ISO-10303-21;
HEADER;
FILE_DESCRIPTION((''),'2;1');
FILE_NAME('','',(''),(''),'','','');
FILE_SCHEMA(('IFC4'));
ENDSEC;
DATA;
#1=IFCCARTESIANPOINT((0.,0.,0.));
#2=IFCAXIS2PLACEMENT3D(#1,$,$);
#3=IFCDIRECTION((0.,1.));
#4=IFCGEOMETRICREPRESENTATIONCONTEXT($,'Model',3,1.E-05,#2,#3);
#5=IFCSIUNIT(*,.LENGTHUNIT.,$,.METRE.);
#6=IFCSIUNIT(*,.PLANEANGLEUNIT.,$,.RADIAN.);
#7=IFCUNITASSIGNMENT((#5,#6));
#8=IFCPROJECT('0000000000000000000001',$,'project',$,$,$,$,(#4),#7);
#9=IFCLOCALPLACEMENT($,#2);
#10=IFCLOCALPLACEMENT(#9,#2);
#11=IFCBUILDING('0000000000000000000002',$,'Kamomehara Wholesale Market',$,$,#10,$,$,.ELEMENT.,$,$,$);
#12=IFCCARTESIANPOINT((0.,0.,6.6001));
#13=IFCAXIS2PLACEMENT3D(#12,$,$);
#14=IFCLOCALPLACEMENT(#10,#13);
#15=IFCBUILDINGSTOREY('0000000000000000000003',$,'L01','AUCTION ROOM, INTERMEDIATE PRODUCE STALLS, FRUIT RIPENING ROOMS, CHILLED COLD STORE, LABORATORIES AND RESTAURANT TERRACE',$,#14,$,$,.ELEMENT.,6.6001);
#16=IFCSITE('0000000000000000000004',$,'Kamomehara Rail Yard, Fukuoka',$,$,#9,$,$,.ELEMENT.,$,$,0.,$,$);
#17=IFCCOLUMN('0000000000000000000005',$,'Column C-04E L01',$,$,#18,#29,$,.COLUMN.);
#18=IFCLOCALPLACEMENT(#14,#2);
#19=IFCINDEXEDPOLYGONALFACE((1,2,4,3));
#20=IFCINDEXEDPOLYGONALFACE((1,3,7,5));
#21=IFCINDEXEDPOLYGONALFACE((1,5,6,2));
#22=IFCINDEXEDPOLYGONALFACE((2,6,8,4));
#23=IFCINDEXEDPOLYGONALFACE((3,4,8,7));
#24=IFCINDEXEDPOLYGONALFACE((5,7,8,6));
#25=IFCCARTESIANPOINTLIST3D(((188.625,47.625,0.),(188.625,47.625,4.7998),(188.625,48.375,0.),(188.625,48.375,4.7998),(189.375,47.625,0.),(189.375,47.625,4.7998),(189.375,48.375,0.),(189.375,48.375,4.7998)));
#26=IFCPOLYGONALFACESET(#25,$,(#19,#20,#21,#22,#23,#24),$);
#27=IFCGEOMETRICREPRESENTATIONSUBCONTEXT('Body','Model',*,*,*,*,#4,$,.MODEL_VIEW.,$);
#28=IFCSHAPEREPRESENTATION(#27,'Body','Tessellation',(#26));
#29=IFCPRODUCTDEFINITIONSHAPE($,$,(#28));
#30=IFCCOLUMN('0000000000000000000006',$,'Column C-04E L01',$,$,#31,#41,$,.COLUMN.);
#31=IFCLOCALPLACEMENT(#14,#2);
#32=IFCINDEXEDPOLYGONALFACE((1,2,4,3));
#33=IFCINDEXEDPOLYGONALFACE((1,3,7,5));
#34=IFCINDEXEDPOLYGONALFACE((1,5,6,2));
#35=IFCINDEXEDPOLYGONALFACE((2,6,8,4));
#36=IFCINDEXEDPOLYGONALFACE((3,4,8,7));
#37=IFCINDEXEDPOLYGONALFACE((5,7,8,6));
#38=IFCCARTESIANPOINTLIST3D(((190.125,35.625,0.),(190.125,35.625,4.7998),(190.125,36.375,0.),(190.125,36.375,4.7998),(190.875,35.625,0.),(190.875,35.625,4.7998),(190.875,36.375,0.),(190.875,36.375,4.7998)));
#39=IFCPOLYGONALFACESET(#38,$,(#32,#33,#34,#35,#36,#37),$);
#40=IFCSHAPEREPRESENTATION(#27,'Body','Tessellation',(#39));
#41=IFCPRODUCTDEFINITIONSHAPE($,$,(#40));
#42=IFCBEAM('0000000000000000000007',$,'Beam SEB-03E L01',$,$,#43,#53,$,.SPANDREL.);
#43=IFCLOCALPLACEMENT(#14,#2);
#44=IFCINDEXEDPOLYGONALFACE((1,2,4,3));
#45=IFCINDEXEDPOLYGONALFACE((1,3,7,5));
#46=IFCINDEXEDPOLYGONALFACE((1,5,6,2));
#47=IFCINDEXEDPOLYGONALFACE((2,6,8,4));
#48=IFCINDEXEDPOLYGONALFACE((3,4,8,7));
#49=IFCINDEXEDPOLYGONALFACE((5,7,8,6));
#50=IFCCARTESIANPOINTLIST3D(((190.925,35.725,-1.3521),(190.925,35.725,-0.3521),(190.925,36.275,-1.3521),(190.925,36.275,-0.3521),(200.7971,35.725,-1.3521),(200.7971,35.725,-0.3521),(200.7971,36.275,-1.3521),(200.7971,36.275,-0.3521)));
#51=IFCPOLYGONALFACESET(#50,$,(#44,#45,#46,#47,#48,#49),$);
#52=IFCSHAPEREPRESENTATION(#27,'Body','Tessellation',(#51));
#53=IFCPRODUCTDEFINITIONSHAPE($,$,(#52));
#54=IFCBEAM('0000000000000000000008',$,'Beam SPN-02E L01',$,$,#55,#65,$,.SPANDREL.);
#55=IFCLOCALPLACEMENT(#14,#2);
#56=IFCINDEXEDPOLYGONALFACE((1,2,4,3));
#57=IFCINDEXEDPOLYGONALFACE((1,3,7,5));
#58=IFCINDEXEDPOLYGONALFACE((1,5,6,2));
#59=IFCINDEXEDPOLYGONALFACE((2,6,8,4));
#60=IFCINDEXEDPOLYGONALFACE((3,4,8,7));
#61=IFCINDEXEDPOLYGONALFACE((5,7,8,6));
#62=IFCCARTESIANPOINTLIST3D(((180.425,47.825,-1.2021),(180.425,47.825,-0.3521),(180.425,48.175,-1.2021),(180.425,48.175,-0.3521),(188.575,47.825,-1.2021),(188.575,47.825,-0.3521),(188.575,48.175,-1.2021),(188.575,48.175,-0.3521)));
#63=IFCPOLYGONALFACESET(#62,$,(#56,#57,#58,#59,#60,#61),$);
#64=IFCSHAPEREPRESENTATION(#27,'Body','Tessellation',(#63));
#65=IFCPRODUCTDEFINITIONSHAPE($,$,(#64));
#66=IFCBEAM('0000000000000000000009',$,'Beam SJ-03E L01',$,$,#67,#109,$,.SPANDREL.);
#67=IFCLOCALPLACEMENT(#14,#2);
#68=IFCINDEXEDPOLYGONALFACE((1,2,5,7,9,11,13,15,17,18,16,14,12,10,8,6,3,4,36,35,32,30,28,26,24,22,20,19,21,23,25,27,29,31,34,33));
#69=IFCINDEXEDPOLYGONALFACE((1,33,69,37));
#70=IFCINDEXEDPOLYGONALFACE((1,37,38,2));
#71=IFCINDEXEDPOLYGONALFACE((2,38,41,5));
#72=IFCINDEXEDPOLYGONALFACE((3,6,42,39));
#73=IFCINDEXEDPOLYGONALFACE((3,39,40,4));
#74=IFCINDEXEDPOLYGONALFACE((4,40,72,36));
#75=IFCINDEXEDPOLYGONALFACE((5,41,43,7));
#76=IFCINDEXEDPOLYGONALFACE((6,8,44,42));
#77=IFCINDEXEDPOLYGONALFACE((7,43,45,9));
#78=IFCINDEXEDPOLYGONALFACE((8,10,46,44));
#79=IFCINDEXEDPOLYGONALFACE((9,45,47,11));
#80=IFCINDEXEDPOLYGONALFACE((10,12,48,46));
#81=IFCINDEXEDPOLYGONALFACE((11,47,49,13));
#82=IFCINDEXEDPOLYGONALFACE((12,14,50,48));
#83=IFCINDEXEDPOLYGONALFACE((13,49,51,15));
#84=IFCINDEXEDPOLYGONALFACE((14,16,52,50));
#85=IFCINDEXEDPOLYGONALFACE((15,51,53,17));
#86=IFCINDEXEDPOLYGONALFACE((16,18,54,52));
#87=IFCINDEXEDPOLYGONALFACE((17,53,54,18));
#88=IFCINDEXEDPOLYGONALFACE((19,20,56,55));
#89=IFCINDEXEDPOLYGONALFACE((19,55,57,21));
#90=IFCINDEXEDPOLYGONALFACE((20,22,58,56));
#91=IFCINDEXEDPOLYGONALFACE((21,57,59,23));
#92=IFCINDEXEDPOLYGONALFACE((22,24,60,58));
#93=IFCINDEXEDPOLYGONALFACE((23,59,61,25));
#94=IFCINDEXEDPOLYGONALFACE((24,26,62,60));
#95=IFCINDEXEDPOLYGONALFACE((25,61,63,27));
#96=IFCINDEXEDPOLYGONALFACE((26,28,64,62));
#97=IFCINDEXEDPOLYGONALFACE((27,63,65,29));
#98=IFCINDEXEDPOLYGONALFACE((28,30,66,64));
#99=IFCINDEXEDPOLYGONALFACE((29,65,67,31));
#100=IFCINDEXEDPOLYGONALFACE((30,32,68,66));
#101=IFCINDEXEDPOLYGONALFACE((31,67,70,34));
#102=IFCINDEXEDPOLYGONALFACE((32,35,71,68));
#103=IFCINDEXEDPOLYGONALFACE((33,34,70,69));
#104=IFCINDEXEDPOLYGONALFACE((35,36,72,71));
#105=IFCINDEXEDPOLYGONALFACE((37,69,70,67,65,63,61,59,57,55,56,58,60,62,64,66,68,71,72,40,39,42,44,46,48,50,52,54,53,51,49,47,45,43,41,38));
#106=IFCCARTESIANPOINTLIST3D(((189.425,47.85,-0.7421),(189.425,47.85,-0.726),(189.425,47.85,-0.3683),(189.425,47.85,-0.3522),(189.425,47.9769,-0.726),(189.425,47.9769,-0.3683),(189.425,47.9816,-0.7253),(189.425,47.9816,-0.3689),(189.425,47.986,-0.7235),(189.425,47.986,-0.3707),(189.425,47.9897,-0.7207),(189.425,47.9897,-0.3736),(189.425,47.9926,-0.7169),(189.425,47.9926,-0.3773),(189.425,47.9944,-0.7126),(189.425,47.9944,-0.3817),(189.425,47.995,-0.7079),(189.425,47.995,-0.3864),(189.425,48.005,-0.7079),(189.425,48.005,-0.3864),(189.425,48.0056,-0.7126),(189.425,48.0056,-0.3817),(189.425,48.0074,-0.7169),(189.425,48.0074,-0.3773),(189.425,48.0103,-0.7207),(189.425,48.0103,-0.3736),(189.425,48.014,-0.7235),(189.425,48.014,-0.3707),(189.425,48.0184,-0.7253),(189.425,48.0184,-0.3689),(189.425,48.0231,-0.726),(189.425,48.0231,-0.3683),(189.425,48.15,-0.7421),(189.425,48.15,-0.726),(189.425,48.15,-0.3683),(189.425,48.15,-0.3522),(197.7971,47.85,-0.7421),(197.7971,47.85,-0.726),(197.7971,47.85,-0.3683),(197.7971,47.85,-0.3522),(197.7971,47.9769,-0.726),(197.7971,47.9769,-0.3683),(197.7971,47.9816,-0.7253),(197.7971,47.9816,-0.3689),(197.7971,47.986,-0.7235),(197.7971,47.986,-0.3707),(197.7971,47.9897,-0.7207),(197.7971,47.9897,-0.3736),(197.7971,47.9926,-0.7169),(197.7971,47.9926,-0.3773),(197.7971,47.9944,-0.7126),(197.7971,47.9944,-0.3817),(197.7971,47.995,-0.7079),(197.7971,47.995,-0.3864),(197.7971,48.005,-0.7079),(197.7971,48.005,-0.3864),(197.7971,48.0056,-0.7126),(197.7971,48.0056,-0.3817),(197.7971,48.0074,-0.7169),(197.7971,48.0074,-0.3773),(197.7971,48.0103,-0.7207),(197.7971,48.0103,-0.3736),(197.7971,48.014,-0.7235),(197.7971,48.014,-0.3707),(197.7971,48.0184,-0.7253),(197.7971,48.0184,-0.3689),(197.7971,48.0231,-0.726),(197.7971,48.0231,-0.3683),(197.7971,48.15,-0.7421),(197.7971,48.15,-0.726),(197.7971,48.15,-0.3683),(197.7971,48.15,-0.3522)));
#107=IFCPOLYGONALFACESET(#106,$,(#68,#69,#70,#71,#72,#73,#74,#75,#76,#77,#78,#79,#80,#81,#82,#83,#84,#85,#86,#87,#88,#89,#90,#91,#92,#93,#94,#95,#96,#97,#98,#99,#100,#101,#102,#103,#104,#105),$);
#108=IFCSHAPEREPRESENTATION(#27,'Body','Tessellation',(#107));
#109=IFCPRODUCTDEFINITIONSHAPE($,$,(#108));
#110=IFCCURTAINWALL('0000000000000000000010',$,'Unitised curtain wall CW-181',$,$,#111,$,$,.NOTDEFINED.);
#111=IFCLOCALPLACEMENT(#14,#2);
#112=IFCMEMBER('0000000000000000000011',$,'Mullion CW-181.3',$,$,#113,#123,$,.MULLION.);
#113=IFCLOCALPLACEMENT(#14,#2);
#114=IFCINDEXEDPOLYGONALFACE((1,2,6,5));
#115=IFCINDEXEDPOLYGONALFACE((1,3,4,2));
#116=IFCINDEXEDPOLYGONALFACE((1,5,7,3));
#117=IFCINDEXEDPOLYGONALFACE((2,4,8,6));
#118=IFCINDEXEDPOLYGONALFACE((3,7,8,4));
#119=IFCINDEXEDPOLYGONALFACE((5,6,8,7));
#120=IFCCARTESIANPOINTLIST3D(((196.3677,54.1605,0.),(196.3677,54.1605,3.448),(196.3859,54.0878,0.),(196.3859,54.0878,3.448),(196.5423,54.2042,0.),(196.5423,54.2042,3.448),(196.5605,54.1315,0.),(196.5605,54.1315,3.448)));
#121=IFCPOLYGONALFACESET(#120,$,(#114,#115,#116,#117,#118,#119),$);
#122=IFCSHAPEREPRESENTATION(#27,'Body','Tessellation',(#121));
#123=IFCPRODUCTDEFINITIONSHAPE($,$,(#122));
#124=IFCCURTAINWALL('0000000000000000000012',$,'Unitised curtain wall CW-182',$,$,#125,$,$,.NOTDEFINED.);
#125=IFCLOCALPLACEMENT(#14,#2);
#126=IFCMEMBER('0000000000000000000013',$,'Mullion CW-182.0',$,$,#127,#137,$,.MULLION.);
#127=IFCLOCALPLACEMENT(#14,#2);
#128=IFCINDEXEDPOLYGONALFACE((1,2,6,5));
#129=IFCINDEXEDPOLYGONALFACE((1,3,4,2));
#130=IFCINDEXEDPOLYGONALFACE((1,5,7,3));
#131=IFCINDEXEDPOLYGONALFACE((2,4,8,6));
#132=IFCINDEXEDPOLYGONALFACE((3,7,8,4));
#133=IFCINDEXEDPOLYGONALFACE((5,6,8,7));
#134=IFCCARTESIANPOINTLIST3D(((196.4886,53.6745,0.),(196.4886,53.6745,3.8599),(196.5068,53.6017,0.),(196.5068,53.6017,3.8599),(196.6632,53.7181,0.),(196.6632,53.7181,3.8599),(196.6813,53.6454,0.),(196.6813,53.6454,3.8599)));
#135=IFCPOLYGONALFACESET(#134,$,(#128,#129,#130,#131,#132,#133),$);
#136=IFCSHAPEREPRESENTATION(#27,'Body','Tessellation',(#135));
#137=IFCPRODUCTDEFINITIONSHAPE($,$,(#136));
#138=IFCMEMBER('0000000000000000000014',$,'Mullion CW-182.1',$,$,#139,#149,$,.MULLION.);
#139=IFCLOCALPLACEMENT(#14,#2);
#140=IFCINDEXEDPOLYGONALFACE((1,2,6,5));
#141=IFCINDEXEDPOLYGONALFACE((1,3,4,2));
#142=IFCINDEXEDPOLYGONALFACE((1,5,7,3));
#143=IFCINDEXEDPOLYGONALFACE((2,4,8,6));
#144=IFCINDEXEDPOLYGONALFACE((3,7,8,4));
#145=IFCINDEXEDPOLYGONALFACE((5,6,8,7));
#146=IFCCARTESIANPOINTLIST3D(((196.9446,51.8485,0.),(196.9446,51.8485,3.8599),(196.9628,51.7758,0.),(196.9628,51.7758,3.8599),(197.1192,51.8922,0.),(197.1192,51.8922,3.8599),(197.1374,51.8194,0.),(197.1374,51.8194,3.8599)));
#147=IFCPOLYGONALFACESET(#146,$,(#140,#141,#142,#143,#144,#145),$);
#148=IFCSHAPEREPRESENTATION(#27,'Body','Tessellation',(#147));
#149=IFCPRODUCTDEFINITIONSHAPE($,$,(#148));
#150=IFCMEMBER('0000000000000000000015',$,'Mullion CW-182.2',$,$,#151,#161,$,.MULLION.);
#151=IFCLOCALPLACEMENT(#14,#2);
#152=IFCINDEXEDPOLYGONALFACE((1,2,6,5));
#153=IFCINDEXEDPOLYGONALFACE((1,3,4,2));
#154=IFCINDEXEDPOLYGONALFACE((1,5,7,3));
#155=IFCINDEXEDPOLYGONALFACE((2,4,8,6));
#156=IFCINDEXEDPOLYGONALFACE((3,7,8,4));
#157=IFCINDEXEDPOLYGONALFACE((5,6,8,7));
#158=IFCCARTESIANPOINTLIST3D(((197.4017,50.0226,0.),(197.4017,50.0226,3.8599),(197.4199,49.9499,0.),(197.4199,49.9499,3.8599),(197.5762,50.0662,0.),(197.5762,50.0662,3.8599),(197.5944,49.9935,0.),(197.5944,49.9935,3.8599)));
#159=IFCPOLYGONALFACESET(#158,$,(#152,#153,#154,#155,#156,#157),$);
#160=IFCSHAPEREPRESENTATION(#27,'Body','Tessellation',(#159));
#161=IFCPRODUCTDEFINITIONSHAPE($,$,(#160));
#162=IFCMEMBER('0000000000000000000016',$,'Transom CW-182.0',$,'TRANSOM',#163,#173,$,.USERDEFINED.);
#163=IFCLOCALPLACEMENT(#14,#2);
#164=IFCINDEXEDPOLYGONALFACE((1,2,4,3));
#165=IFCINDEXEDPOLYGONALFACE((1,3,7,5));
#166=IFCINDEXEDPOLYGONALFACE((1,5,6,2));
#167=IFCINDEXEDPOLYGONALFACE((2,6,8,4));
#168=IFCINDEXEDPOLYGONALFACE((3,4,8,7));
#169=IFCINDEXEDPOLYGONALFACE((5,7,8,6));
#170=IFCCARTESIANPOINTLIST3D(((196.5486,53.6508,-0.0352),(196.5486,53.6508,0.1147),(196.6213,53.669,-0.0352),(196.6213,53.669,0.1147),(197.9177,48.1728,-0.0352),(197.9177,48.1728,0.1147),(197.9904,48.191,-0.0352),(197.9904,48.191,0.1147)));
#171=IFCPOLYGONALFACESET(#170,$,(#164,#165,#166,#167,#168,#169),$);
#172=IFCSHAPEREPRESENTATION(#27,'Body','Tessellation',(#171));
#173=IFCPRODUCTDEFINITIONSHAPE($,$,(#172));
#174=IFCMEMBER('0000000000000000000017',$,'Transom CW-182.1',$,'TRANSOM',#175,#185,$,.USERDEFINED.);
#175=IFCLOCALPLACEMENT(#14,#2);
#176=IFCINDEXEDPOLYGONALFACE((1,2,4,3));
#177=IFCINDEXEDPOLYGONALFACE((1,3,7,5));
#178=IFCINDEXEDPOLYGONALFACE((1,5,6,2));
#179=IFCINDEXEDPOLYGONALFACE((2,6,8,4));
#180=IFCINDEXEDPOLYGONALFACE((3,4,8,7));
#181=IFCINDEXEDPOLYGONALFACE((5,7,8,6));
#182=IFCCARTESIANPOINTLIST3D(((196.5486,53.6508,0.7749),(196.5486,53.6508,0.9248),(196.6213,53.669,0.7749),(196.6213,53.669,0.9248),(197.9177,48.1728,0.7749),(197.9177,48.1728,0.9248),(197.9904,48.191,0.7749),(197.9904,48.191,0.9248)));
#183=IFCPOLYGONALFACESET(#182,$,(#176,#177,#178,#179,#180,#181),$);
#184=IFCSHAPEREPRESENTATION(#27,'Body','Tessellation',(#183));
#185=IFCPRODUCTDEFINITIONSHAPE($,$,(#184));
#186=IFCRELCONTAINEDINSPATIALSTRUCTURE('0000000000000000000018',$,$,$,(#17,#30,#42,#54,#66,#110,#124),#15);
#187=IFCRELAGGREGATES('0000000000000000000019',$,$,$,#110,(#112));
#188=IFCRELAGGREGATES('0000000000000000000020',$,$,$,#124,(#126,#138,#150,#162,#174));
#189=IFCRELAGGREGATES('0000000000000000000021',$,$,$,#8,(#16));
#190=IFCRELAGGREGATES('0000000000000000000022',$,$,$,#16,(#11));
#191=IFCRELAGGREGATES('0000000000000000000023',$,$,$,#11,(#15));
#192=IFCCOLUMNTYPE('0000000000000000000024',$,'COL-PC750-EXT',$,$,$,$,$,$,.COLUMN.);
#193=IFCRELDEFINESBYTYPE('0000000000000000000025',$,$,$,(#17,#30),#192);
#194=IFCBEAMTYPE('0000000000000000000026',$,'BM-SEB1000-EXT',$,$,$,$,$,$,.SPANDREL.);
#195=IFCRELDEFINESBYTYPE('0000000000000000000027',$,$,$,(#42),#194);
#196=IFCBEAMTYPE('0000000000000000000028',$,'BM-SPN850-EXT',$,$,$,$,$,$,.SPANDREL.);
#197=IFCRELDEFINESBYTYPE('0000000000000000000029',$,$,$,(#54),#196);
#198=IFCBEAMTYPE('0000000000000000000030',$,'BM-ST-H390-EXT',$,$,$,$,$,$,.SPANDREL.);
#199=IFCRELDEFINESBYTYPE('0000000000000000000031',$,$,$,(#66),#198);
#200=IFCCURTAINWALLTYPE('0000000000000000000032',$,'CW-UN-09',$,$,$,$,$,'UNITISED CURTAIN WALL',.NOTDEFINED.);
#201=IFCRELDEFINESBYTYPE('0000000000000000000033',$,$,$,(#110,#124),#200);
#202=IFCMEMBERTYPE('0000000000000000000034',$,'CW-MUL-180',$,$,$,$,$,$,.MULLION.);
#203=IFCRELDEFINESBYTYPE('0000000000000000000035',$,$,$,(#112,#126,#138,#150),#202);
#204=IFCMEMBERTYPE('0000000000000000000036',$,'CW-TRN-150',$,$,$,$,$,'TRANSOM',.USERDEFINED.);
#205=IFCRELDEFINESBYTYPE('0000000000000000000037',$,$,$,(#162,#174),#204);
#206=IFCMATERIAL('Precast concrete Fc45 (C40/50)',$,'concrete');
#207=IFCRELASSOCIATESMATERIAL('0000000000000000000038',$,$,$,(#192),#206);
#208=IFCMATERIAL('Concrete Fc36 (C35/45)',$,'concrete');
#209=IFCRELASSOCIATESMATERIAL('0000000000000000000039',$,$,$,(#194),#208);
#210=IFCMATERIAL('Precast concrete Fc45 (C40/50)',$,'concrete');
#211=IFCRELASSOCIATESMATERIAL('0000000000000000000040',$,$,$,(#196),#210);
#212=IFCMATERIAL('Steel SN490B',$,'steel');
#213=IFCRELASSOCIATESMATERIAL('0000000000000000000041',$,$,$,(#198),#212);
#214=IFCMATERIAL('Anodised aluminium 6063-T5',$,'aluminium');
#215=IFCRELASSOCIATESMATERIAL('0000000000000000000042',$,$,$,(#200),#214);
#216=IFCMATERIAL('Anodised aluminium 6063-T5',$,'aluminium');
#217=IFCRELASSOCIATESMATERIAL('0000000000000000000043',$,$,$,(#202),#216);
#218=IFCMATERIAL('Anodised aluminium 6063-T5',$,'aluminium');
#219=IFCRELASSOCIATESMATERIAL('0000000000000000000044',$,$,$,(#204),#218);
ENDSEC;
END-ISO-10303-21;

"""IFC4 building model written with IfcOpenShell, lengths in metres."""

from ifc_helpers import new_model, si_unit, direction, frame, origin, origin_2d, place, context, subcontext, project, spatial, rectangle, i_section, extrude, material, material_profile, profile_set, type_object, element, aggregate, save


model = new_model("IFC4")

# Units and contexts
model_context = context("Model", 3, precision=1e-05, world=origin(), true_north=direction((0.0, 1.0)))
body_context = subcontext(model_context, "Body", "Model", "MODEL_VIEW")
ifc_project = project(units=[si_unit("LENGTHUNIT", "METRE"), si_unit("PLANEANGLEUNIT", "RADIAN")], contexts=[model_context])

# Site, building, storey
site_placement = place(None, origin())
site = spatial("IfcSite", under=ifc_project, at=site_placement, Name="Kamomehara Rail Yard, Fukuoka", CompositionType="ELEMENT", RefElevation=0.0)
building_placement = place(site_placement, origin())
building = spatial("IfcBuilding", under=site, at=building_placement, Name="Kamomehara Wholesale Market", CompositionType="ELEMENT")
storey_placement = place(building_placement, frame((0.0, 0.0, 6.6001)))
storey = spatial("IfcBuildingStorey", under=building, at=storey_placement, Name="L01", Description="AUCTION ROOM, INTERMEDIATE PRODUCE STALLS, FRUIT RIPENING ROOMS, CHILLED COLD STORE, LABORATORIES AND RESTAURANT TERRACE", CompositionType="ELEMENT", Elevation=6.6001)

# Columns
ifc_material_1 = material(Name="Precast concrete Fc45 (C40/50)", Category="concrete")
ifc_material_profile_1 = material_profile(ifc_material_1, rectangle(XDim=0.75, YDim=0.75, at=origin_2d()), Name="PC-COL-750x750")
ifc_profile_set_1 = profile_set([ifc_material_profile_1], Name="Precast concrete Fc45 (C40/50)")
column_type = type_object("IfcColumnType", Name="COL-PC750-EXT", PredefinedType="COLUMN", material=ifc_profile_set_1)
for number, where, z_axis, x_axis, name in (
    (1, (189.0, 48.0, 0.0), (0.0, 0.0, 1.0), (1.0, 0.0, 0.0), "Column C-04E L01"),
    (2, (190.5, 36.0, 0.0), (0.0, 0.0, 1.0), (1.0, 0.0, 0.0), "Column C-04E L01"),
):
    element("IfcColumn", number, at=place(storey_placement, frame(where, z_axis=z_axis, x_axis=x_axis)), inside=storey, type_object=column_type, Name=name, PredefinedType="COLUMN", context=body_context, shape_type="SweptSolid", body=[
        extrude(rectangle(XDim=0.75, YDim=0.75, at=origin_2d()), origin(), (0.0, 0.0, 1.0), 4.7998),
    ])

# Beams
ifc_material_2 = material(Name="Concrete Fc36 (C35/45)", Category="concrete")
ifc_material_profile_2 = material_profile(ifc_material_2, rectangle(XDim=0.55, YDim=1.0, at=origin_2d()), Name="RC-SEB-550x1000")
ifc_profile_set_2 = profile_set([ifc_material_profile_2], Name="Concrete Fc36 (C35/45)")
beam_type_1 = type_object("IfcBeamType", Name="BM-SEB1000-EXT", PredefinedType="SPANDREL", material=ifc_profile_set_2)
beam_1_placement = place(storey_placement, frame((190.925, 36.0, -0.8521), z_axis=(1.0, 0.0, 0.0), x_axis=(0.0, 1.0, 0.0)))
element("IfcBeam", 3, at=beam_1_placement, inside=storey, type_object=beam_type_1, Name="Beam SEB-03E L01", PredefinedType="SPANDREL", context=body_context, shape_type="SweptSolid", body=[
    extrude(rectangle(XDim=0.55, YDim=1.0, at=origin_2d()), origin(), (0.0, 0.0, 1.0), 9.8721),
])
ifc_material_3 = material(Name="Precast concrete Fc45 (C40/50)", Category="concrete")
ifc_material_profile_3 = material_profile(ifc_material_3, rectangle(XDim=0.3501, YDim=0.8501, at=origin_2d()), Name="PC-SPN-350x850")
ifc_profile_set_3 = profile_set([ifc_material_profile_3], Name="Precast concrete Fc45 (C40/50)")
beam_type_2 = type_object("IfcBeamType", Name="BM-SPN850-EXT", PredefinedType="SPANDREL", material=ifc_profile_set_3)
beam_2_placement = place(storey_placement, frame((180.425, 48.0, -0.7771), z_axis=(1.0, 0.0, 0.0), x_axis=(0.0, 1.0, 0.0)))
element("IfcBeam", 4, at=beam_2_placement, inside=storey, type_object=beam_type_2, Name="Beam SPN-02E L01", PredefinedType="SPANDREL", context=body_context, shape_type="SweptSolid", body=[
    extrude(rectangle(XDim=0.3501, YDim=0.8501, at=origin_2d()), origin(), (0.0, 0.0, 1.0), 8.1499),
])
ifc_material_4 = material(Name="Steel SN490B", Category="steel")
ifc_material_profile_4 = material_profile(ifc_material_4, i_section(OverallWidth=0.3, OverallDepth=0.3899, WebThickness=0.01, FlangeThickness=0.0161, FilletRadius=0.0181, at=origin_2d()), Name="H-390x300x10x16")
ifc_profile_set_4 = profile_set([ifc_material_profile_4], Name="Steel SN490B")
beam_type_3 = type_object("IfcBeamType", Name="BM-ST-H390-EXT", PredefinedType="SPANDREL", material=ifc_profile_set_4)
beam_3_placement = place(storey_placement, frame((189.425, 48.0, -0.5471), z_axis=(1.0, 0.0, 0.0), x_axis=(0.0, 1.0, 0.0)))
element("IfcBeam", 5, at=beam_3_placement, inside=storey, type_object=beam_type_3, Name="Beam SJ-03E L01", PredefinedType="SPANDREL", context=body_context, shape_type="SweptSolid", body=[
    extrude(i_section(OverallWidth=0.3, OverallDepth=0.3899, WebThickness=0.01, FlangeThickness=0.0161, FilletRadius=0.0181, at=origin_2d()), origin(), (0.0, 0.0, 1.0), 8.3721),
])

# Curtain wall, member
ifc_material_5 = material(Name="Anodised aluminium 6063-T5", Category="aluminium")
curtain_wall_type = type_object("IfcCurtainWallType", Name="CW-UN-09", ElementType="UNITISED CURTAIN WALL", PredefinedType="NOTDEFINED", material=ifc_material_5)
curtain_wall_1_placement = place(storey_placement, origin())
curtain_wall_1 = element("IfcCurtainWall", 6, at=curtain_wall_1_placement, inside=storey, type_object=curtain_wall_type, Name="Unitised curtain wall CW-181", PredefinedType="NOTDEFINED")
ifc_material_6 = material(Name="Anodised aluminium 6063-T5", Category="aluminium")
ifc_material_profile_5 = material_profile(ifc_material_6, rectangle(XDim=0.075, YDim=0.1799, at=origin_2d()), Name="ALU-MUL-75x180")
ifc_profile_set_5 = profile_set([ifc_material_profile_5], Name="Anodised aluminium 6063-T5")
member_type_1 = type_object("IfcMemberType", Name="CW-MUL-180", PredefinedType="MULLION", material=ifc_profile_set_5)
member_1_placement = place(storey_placement, frame((196.4641, 54.146, 0.0), z_axis=(0.0, 0.0, 1.0), x_axis=(0.242618, -0.970122, 0.0)))
member_1 = element("IfcMember", 7, at=member_1_placement, type_object=member_type_1, Name="Mullion CW-181.3", PredefinedType="MULLION", context=body_context, shape_type="SweptSolid", body=[
    extrude(rectangle(XDim=0.075, YDim=0.1799, at=origin_2d()), origin(), (0.0, 0.0, 1.0), 3.448),
])
aggregate(curtain_wall_1, [member_1])

# Curtain wall, members
curtain_wall_2_placement = place(storey_placement, origin())
curtain_wall_2 = element("IfcCurtainWall", 8, at=curtain_wall_2_placement, inside=storey, type_object=curtain_wall_type, Name="Unitised curtain wall CW-182", PredefinedType="NOTDEFINED")
member_2_placement = place(storey_placement, frame((196.585, 53.6599, 0.0), z_axis=(0.0, 0.0, 1.0), x_axis=(0.242452, -0.970163, 0.0)))
member_2 = element("IfcMember", 9, at=member_2_placement, type_object=member_type_1, Name="Mullion CW-182.0", PredefinedType="MULLION", context=body_context, shape_type="SweptSolid", body=[
    extrude(rectangle(XDim=0.075, YDim=0.1799, at=origin_2d()), origin(), (0.0, 0.0, 1.0), 3.8599),
])
member_3_placement = place(storey_placement, frame((197.041, 51.834, 0.0), z_axis=(0.0, 0.0, 1.0), x_axis=(0.242452, -0.970163, 0.0)))
member_3 = element("IfcMember", 10, at=member_3_placement, type_object=member_type_1, Name="Mullion CW-182.1", PredefinedType="MULLION", context=body_context, shape_type="SweptSolid", body=[
    extrude(rectangle(XDim=0.075, YDim=0.1799, at=origin_2d()), origin(), (0.0, 0.0, 1.0), 3.8599),
])
member_4_placement = place(storey_placement, frame((197.498, 50.0081, 0.0), z_axis=(0.0, 0.0, 1.0), x_axis=(0.242452, -0.970163, 0.0)))
member_4 = element("IfcMember", 11, at=member_4_placement, type_object=member_type_1, Name="Mullion CW-182.2", PredefinedType="MULLION", context=body_context, shape_type="SweptSolid", body=[
    extrude(rectangle(XDim=0.075, YDim=0.1799, at=origin_2d()), origin(), (0.0, 0.0, 1.0), 3.8599),
])
ifc_material_7 = material(Name="Anodised aluminium 6063-T5", Category="aluminium")
ifc_material_profile_6 = material_profile(ifc_material_7, rectangle(XDim=0.075, YDim=0.1499, at=origin_2d()), Name="ALU-TRN-75x150")
ifc_profile_set_6 = profile_set([ifc_material_profile_6], Name="Anodised aluminium 6063-T5")
member_type_2 = type_object("IfcMemberType", Name="CW-TRN-150", ElementType="TRANSOM", PredefinedType="USERDEFINED", material=ifc_profile_set_6)
member_5_placement = place(storey_placement, frame((196.585, 53.6599, 0.0398), z_axis=(0.242475, -0.970158, 0.0), x_axis=(0.970158, 0.242475, 0.0)))
member_5 = element("IfcMember", 12, at=member_5_placement, type_object=member_type_2, Name="Transom CW-182.0", ObjectType="TRANSOM", PredefinedType="USERDEFINED", context=body_context, shape_type="SweptSolid", body=[
    extrude(rectangle(XDim=0.075, YDim=0.1499, at=origin_2d()), origin(), (0.0, 0.0, 1.0), 5.6465),
])
member_6_placement = place(storey_placement, frame((196.585, 53.6599, 0.8499), z_axis=(0.242475, -0.970158, 0.0), x_axis=(0.970158, 0.242475, 0.0)))
member_6 = element("IfcMember", 13, at=member_6_placement, type_object=member_type_2, Name="Transom CW-182.1", ObjectType="TRANSOM", PredefinedType="USERDEFINED", context=body_context, shape_type="SweptSolid", body=[
    extrude(rectangle(XDim=0.075, YDim=0.1499, at=origin_2d()), origin(), (0.0, 0.0, 1.0), 5.6465),
])
aggregate(curtain_wall_2, [member_2, member_3, member_4, member_5, member_6])

save(model, "model.ifc")
